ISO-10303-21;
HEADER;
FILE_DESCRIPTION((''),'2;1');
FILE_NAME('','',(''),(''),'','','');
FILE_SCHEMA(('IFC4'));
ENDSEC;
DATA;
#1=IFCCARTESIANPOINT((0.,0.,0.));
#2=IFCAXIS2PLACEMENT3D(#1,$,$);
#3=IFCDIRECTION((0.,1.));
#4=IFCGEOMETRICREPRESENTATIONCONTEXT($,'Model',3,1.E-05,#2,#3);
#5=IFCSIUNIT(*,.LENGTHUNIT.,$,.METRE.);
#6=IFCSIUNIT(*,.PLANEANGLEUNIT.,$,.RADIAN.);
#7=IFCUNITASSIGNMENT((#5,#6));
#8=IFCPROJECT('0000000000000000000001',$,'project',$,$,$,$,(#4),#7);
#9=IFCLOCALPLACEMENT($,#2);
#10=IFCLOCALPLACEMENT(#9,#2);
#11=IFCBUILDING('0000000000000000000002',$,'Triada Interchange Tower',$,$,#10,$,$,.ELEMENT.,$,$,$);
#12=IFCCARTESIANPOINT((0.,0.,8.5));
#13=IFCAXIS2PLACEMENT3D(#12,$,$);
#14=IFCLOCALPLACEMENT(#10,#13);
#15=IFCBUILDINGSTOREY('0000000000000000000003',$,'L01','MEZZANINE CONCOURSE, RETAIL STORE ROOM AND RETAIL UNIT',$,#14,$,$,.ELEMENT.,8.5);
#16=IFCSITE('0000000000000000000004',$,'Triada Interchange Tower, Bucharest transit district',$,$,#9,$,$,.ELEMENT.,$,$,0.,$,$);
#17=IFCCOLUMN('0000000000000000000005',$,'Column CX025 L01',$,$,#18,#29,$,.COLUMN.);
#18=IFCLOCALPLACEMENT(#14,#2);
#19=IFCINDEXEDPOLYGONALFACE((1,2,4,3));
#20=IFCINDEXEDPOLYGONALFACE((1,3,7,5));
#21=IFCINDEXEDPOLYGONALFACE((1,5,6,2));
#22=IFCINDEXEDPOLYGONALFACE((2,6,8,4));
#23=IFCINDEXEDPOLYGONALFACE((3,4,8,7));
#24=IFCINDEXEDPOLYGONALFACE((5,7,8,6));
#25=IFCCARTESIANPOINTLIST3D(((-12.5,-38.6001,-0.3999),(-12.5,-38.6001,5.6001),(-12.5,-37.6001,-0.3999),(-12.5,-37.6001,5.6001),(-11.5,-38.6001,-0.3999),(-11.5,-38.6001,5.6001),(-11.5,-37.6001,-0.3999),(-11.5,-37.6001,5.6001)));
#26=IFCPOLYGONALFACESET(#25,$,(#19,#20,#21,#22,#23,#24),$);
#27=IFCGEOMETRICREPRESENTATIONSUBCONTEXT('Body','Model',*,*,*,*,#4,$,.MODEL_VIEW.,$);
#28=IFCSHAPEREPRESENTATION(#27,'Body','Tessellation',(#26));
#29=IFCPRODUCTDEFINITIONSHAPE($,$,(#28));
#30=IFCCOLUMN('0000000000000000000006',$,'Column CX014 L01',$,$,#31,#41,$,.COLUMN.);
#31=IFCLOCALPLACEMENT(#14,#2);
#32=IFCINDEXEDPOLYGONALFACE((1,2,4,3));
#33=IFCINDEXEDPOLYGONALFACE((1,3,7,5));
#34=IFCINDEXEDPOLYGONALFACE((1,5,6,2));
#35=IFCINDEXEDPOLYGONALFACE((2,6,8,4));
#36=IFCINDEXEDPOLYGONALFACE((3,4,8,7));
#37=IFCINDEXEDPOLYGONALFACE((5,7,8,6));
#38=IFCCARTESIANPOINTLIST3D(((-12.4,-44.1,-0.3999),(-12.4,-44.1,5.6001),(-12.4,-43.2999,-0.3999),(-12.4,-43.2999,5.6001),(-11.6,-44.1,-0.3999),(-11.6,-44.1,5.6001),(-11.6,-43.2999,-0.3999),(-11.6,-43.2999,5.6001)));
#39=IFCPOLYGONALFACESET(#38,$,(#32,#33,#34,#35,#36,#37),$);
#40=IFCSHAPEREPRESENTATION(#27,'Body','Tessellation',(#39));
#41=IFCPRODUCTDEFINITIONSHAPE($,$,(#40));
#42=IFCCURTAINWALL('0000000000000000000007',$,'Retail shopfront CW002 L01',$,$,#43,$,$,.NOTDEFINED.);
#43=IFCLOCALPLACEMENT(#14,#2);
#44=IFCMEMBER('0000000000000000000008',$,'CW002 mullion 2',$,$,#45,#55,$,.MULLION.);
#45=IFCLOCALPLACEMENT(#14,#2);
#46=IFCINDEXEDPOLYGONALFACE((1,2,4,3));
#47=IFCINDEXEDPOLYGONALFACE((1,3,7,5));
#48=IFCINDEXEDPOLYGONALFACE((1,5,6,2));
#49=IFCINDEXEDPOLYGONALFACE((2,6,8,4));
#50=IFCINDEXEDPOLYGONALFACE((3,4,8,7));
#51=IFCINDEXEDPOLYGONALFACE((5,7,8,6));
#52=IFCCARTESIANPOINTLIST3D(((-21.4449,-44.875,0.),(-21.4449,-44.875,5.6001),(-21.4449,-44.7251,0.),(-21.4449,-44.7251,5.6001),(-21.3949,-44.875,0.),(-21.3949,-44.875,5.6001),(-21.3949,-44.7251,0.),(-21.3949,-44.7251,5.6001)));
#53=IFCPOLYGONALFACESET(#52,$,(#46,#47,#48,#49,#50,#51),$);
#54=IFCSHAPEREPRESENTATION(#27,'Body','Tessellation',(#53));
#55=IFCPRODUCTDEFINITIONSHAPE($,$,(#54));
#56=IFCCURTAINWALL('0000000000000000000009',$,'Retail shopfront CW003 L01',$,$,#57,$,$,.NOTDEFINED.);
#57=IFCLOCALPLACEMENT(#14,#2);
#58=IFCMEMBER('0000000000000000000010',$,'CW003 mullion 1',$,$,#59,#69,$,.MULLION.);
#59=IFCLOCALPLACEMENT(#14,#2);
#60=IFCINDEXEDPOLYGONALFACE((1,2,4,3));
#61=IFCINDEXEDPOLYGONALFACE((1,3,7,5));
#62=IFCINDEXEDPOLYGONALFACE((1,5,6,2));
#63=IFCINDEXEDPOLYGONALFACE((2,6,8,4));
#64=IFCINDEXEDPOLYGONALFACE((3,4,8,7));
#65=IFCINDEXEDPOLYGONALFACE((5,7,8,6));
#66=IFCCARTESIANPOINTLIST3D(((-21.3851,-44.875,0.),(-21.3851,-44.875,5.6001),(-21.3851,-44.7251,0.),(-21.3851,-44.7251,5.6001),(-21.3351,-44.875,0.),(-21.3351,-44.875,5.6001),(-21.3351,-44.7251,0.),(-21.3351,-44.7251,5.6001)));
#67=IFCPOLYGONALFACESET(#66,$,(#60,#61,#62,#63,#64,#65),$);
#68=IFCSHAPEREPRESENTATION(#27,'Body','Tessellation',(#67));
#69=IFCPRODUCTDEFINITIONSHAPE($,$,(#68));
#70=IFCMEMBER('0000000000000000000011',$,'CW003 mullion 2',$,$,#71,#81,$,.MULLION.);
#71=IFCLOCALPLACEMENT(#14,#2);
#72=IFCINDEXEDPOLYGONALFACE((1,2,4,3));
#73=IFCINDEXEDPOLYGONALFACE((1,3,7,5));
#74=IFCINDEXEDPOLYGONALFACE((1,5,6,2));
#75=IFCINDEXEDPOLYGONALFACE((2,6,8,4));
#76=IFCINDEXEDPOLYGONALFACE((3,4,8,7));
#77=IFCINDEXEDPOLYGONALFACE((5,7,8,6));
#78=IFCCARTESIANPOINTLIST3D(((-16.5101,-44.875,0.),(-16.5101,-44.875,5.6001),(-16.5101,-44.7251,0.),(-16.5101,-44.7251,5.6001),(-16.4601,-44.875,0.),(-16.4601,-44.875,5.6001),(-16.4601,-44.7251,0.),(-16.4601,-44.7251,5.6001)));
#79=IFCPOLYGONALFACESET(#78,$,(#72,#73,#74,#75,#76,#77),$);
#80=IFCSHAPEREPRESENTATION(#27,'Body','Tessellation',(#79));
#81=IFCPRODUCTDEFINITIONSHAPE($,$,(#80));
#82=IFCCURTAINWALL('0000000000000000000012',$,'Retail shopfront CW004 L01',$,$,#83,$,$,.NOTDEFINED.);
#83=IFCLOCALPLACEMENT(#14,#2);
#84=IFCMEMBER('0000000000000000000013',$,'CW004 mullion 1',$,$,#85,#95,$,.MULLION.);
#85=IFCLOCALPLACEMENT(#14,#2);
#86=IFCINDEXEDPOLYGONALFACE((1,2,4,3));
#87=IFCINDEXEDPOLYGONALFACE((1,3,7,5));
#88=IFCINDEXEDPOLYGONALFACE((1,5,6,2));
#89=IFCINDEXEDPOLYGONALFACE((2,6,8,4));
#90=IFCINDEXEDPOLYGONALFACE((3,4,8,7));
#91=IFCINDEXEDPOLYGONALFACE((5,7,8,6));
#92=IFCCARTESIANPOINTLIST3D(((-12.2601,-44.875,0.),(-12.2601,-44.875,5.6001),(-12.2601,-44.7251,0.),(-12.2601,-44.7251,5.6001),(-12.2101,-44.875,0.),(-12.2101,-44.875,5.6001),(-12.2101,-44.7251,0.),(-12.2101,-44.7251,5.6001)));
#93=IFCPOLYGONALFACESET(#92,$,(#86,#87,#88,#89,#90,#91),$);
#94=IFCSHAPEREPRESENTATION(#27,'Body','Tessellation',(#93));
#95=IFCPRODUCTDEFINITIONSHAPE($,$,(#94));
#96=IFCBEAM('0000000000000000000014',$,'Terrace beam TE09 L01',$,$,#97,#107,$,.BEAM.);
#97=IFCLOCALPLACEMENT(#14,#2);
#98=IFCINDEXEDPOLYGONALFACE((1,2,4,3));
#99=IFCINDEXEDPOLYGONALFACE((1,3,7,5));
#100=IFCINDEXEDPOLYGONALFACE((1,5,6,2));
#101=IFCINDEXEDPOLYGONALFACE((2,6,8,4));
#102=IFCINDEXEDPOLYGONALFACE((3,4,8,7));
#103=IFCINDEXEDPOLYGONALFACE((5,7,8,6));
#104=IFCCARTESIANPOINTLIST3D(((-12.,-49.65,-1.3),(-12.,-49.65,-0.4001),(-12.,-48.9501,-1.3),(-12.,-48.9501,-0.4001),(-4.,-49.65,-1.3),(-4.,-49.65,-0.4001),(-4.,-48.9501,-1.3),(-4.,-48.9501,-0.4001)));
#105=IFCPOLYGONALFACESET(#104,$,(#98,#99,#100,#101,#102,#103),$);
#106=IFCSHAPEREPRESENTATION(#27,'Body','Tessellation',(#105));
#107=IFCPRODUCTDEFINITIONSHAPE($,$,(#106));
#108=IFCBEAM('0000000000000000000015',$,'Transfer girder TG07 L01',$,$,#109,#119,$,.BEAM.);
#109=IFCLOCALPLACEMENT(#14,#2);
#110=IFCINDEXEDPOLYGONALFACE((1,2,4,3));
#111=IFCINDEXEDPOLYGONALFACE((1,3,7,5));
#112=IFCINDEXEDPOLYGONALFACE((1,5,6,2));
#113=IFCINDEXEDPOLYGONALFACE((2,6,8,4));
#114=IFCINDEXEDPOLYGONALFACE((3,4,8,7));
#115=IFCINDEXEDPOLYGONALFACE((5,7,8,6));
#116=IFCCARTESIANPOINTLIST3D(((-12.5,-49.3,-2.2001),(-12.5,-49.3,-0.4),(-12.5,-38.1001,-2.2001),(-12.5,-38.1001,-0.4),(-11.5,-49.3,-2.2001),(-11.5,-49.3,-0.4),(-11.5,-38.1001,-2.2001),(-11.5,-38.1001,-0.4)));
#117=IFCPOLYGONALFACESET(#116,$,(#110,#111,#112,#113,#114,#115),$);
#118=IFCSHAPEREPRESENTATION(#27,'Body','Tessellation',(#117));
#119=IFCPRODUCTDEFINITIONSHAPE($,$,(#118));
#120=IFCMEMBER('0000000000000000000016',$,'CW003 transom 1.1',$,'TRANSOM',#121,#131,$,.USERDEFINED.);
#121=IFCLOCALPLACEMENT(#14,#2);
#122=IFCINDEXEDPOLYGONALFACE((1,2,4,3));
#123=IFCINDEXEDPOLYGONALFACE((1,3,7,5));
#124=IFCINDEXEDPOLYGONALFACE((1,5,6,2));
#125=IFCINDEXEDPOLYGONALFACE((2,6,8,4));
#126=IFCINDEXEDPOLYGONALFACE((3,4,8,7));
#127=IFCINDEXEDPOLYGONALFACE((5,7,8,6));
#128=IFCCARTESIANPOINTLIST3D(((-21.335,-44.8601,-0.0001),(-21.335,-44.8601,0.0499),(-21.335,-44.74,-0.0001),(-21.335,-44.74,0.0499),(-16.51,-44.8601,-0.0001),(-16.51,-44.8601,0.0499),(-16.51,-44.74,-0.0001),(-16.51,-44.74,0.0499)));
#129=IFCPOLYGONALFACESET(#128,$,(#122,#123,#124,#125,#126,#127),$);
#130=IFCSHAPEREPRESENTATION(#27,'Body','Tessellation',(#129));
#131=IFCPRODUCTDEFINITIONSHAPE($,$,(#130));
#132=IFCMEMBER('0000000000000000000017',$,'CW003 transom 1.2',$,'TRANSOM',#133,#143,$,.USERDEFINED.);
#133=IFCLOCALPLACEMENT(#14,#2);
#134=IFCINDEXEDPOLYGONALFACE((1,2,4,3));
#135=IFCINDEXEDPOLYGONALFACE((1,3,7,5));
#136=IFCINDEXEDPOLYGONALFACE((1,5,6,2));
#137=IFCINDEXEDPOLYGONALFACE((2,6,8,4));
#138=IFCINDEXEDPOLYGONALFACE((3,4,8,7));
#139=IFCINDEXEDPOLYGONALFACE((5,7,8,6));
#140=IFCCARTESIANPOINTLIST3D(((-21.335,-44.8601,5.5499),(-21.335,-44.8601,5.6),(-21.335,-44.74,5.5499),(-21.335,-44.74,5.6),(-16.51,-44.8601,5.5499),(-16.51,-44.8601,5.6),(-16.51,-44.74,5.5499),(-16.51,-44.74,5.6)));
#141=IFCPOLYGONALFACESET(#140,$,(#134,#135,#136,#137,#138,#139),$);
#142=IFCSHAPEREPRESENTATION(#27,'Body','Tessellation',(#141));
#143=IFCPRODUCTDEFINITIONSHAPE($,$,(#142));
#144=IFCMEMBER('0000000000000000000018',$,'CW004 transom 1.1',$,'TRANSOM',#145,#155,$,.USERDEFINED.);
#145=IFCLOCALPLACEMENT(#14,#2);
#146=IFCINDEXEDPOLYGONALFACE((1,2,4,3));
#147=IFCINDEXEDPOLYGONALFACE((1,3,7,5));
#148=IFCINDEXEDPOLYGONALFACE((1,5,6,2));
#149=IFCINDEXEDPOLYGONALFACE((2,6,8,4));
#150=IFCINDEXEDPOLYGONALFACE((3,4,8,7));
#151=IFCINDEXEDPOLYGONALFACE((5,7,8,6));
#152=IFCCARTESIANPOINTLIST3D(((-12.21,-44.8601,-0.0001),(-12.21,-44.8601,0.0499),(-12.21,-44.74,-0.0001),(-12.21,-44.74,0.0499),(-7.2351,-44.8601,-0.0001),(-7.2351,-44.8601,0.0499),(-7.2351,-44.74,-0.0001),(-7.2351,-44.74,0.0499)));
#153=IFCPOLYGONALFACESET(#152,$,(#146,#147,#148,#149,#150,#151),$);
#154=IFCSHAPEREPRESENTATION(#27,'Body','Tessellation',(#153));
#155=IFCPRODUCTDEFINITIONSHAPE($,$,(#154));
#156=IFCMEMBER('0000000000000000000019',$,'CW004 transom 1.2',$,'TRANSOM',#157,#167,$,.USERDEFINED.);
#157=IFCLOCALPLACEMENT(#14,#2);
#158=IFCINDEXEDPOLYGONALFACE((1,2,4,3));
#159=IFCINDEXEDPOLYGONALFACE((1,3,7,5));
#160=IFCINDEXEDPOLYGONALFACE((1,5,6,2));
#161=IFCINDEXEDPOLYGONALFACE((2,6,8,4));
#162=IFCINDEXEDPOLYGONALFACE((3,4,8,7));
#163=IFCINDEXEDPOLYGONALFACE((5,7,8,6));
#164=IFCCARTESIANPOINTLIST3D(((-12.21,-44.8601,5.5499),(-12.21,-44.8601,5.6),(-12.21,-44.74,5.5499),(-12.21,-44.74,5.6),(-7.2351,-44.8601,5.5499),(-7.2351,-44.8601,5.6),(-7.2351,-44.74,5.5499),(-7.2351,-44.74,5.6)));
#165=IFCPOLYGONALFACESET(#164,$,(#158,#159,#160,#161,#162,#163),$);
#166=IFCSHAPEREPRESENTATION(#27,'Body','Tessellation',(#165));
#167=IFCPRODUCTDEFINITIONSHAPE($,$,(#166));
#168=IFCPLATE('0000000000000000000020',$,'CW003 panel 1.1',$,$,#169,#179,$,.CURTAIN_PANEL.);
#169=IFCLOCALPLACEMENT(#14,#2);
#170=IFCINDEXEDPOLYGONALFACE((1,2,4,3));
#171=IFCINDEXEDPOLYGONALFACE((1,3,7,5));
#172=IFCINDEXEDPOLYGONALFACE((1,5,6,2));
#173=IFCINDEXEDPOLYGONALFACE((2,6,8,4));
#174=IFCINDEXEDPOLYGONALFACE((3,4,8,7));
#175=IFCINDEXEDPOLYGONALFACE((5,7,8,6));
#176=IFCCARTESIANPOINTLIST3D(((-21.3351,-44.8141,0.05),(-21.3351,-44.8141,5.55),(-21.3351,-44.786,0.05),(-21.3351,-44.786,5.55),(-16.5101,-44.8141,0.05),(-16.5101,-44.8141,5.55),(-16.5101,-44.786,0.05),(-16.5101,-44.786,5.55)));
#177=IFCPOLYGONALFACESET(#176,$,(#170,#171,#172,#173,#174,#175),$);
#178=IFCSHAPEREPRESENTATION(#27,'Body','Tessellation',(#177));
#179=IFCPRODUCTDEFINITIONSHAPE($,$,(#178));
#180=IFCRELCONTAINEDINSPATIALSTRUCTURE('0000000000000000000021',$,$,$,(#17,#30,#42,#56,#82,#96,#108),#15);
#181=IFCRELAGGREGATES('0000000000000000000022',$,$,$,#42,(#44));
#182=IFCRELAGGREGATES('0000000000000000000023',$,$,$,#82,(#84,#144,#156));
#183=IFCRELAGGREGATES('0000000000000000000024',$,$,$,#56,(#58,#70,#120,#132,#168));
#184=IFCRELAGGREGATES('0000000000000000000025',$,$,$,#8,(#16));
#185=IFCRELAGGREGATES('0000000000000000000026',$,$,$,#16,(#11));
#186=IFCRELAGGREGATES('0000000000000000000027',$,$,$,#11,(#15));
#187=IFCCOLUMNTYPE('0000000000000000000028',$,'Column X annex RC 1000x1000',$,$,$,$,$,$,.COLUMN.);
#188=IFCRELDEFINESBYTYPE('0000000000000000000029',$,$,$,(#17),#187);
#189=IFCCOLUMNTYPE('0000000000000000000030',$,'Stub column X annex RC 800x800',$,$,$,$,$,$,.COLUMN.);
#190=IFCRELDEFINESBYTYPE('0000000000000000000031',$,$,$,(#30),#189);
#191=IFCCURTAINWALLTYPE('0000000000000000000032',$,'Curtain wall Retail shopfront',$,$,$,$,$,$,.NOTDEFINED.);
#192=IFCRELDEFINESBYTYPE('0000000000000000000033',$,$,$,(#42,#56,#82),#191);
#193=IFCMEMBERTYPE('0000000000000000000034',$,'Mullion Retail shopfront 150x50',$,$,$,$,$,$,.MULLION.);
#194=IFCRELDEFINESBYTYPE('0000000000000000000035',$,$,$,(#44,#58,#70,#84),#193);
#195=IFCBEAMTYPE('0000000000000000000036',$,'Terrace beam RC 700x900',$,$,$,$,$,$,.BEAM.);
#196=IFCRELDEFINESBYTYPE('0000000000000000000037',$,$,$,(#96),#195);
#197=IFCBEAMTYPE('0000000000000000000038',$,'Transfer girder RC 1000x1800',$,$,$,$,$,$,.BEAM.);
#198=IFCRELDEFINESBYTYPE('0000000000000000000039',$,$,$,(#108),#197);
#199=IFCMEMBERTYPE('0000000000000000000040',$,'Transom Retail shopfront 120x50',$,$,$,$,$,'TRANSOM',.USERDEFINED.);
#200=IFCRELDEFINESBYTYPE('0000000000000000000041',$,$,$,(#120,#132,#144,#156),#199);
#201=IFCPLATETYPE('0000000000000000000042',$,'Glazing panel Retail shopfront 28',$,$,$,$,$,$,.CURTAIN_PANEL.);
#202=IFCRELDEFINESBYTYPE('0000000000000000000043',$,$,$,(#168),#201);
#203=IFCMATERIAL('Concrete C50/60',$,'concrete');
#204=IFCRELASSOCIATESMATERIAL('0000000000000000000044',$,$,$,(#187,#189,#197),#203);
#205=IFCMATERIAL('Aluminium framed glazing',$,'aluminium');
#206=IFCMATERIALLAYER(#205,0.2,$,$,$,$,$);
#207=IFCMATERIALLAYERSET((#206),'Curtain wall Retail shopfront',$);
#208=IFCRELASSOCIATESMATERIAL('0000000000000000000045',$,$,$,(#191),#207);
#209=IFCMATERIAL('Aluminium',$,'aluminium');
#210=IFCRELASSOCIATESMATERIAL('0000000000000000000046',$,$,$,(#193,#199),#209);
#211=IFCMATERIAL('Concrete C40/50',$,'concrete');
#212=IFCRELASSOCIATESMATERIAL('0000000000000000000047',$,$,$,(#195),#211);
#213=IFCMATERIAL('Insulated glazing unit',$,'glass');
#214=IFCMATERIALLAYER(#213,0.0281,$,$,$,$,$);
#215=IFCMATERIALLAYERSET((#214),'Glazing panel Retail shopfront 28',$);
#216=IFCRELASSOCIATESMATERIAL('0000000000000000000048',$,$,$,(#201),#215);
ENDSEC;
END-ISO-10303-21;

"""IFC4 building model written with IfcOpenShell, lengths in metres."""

from ifc_helpers import new_model, si_unit, direction, frame, origin, origin_2d, place, context, subcontext, project, spatial, rectangle, extrude, material, layer, layer_set, material_profile, profile_set, type_object, element, aggregate, save


model = new_model("IFC4")

# Units and contexts
model_context = context("Model", 3, precision=1e-05, world=origin(), true_north=direction((0.0, 1.0)))
body_context = subcontext(model_context, "Body", "Model", "MODEL_VIEW")
ifc_project = project(units=[si_unit("LENGTHUNIT", "METRE"), si_unit("PLANEANGLEUNIT", "RADIAN")], contexts=[model_context])

# Site, building, storey
site_placement = place(None, origin())
site = spatial("IfcSite", under=ifc_project, at=site_placement, Name="Triada Interchange Tower, Bucharest transit district", CompositionType="ELEMENT", RefElevation=0.0)
building_placement = place(site_placement, origin())
building = spatial("IfcBuilding", under=site, at=building_placement, Name="Triada Interchange Tower", CompositionType="ELEMENT")
storey_placement = place(building_placement, frame((0.0, 0.0, 8.5)))
storey = spatial("IfcBuildingStorey", under=building, at=storey_placement, Name="L01", Description="MEZZANINE CONCOURSE, RETAIL STORE ROOM AND RETAIL UNIT", CompositionType="ELEMENT", Elevation=8.5)

# Columns
ifc_material_1 = material(Name="Concrete C50/60", Category="concrete")
ifc_material_profile_1 = material_profile(ifc_material_1, rectangle(XDim=1.0, YDim=1.0, at=origin_2d()), Name="RC 1000x1000")
ifc_profile_set_1 = profile_set([ifc_material_profile_1], Name="Concrete C50/60")
column_type_1 = type_object("IfcColumnType", Name="Column X annex RC 1000x1000", PredefinedType="COLUMN", material=ifc_profile_set_1)
column_1_placement = place(storey_placement, frame((-12.0, -38.1001, -0.3999), z_axis=(0.0, 0.0, 1.0), x_axis=(1.0, 0.0, 0.0)))
element("IfcColumn", 1, at=column_1_placement, inside=storey, type_object=column_type_1, Name="Column CX025 L01", PredefinedType="COLUMN", context=body_context, shape_type="SweptSolid", body=[
    extrude(rectangle(XDim=1.0, YDim=1.0, at=origin_2d()), origin(), (0.0, 0.0, 1.0), 6.0),
])
ifc_material_profile_2 = material_profile(ifc_material_1, rectangle(XDim=0.8, YDim=0.8, at=origin_2d()), Name="RC 800x800")
ifc_profile_set_2 = profile_set([ifc_material_profile_2], Name="Concrete C50/60")
column_type_2 = type_object("IfcColumnType", Name="Stub column X annex RC 800x800", PredefinedType="COLUMN", material=ifc_profile_set_2)
column_2_placement = place(storey_placement, frame((-12.0, -43.7, -0.3999), z_axis=(0.0, 0.0, 1.0), x_axis=(1.0, 0.0, 0.0)))
element("IfcColumn", 2, at=column_2_placement, inside=storey, type_object=column_type_2, Name="Column CX014 L01", PredefinedType="COLUMN", context=body_context, shape_type="SweptSolid", body=[
    extrude(rectangle(XDim=0.8, YDim=0.8, at=origin_2d()), origin(), (0.0, 0.0, 1.0), 6.0),
])

# Curtain wall, member
ifc_material_2 = material(Name="Aluminium framed glazing", Category="aluminium")
ifc_layer_1 = layer(ifc_material_2, 0.2)
ifc_layer_set_1 = layer_set([ifc_layer_1], Name="Curtain wall Retail shopfront")
curtain_wall_type = type_object("IfcCurtainWallType", Name="Curtain wall Retail shopfront", PredefinedType="NOTDEFINED", material=ifc_layer_set_1)
curtain_wall_1_placement = place(storey_placement, origin())
curtain_wall_1 = element("IfcCurtainWall", 3, at=curtain_wall_1_placement, inside=storey, type_object=curtain_wall_type, Name="Retail shopfront CW002 L01", PredefinedType="NOTDEFINED")
ifc_material_3 = material(Name="Aluminium", Category="aluminium")
ifc_material_profile_3 = material_profile(ifc_material_3, rectangle(XDim=0.1499, YDim=0.05, at=origin_2d()), Name="Aluminium mullion")
ifc_profile_set_3 = profile_set([ifc_material_profile_3], Name="Aluminium")
member_type_1 = type_object("IfcMemberType", Name="Mullion Retail shopfront 150x50", PredefinedType="MULLION", material=ifc_profile_set_3)
member_1_placement = place(storey_placement, frame((-21.4199, -44.8, 0.0), z_axis=(0.0, 0.0, 1.0), x_axis=(0.0, 1.0, 0.0)))
member_1 = element("IfcMember", 4, at=member_1_placement, type_object=member_type_1, Name="CW002 mullion 2", PredefinedType="MULLION", context=body_context, shape_type="SweptSolid", body=[
    extrude(rectangle(XDim=0.1499, YDim=0.05, at=origin_2d()), origin(), (0.0, 0.0, 1.0), 5.6001),
])
aggregate(curtain_wall_1, [member_1])

# Curtain wall, members
curtain_wall_2_placement = place(storey_placement, origin())
curtain_wall_2 = element("IfcCurtainWall", 5, at=curtain_wall_2_placement, inside=storey, type_object=curtain_wall_type, Name="Retail shopfront CW003 L01", PredefinedType="NOTDEFINED")
member_2_placement = place(storey_placement, frame((-21.3601, -44.8, 0.0), z_axis=(0.0, 0.0, 1.0), x_axis=(0.0, 1.0, 0.0)))
member_2 = element("IfcMember", 6, at=member_2_placement, type_object=member_type_1, Name="CW003 mullion 1", PredefinedType="MULLION", context=body_context, shape_type="SweptSolid", body=[
    extrude(rectangle(XDim=0.1499, YDim=0.05, at=origin_2d()), origin(), (0.0, 0.0, 1.0), 5.6001),
])
member_3_placement = place(storey_placement, frame((-16.4851, -44.8, 0.0), z_axis=(0.0, 0.0, 1.0), x_axis=(0.0, 1.0, 0.0)))
member_3 = element("IfcMember", 7, at=member_3_placement, type_object=member_type_1, Name="CW003 mullion 2", PredefinedType="MULLION", context=body_context, shape_type="SweptSolid", body=[
    extrude(rectangle(XDim=0.1499, YDim=0.05, at=origin_2d()), origin(), (0.0, 0.0, 1.0), 5.6001),
])

# Curtain wall, member
curtain_wall_3_placement = place(storey_placement, origin())
curtain_wall_3 = element("IfcCurtainWall", 8, at=curtain_wall_3_placement, inside=storey, type_object=curtain_wall_type, Name="Retail shopfront CW004 L01", PredefinedType="NOTDEFINED")
member_4_placement = place(storey_placement, frame((-12.2351, -44.8, 0.0), z_axis=(0.0, 0.0, 1.0), x_axis=(0.0, 1.0, 0.0)))
member_4 = element("IfcMember", 9, at=member_4_placement, type_object=member_type_1, Name="CW004 mullion 1", PredefinedType="MULLION", context=body_context, shape_type="SweptSolid", body=[
    extrude(rectangle(XDim=0.1499, YDim=0.05, at=origin_2d()), origin(), (0.0, 0.0, 1.0), 5.6001),
])

# Beams
ifc_material_4 = material(Name="Concrete C40/50", Category="concrete")
ifc_material_profile_4 = material_profile(ifc_material_4, rectangle(XDim=0.7, YDim=0.8999, at=origin_2d()), Name="RC 700x900")
ifc_profile_set_4 = profile_set([ifc_material_profile_4], Name="Concrete C40/50")
beam_type_1 = type_object("IfcBeamType", Name="Terrace beam RC 700x900", PredefinedType="BEAM", material=ifc_profile_set_4)
beam_1_placement = place(storey_placement, frame((-12.0, -49.3, -0.8501), z_axis=(1.0, 0.0, 0.0), x_axis=(0.0, 1.0, 0.0)))
element("IfcBeam", 10, at=beam_1_placement, inside=storey, type_object=beam_type_1, Name="Terrace beam TE09 L01", PredefinedType="BEAM", context=body_context, shape_type="SweptSolid", body=[
    extrude(rectangle(XDim=0.7, YDim=0.8999, at=origin_2d()), origin(), (0.0, 0.0, 1.0), 8.0),
])
ifc_material_profile_5 = material_profile(ifc_material_1, rectangle(XDim=1.0, YDim=1.8, at=origin_2d()), Name="RC 1000x1800")
ifc_profile_set_5 = profile_set([ifc_material_profile_5], Name="Concrete C50/60")
beam_type_2 = type_object("IfcBeamType", Name="Transfer girder RC 1000x1800", PredefinedType="BEAM", material=ifc_profile_set_5)
beam_2_placement = place(storey_placement, frame((-12.0, -49.3, -1.3), z_axis=(0.0, 1.0, 0.0), x_axis=(-1.0, 0.0, 0.0)))
element("IfcBeam", 11, at=beam_2_placement, inside=storey, type_object=beam_type_2, Name="Transfer girder TG07 L01", PredefinedType="BEAM", context=body_context, shape_type="SweptSolid", body=[
    extrude(rectangle(XDim=1.0, YDim=1.8, at=origin_2d()), origin(), (0.0, 0.0, 1.0), 11.2),
])

# Members
ifc_material_profile_6 = material_profile(ifc_material_3, rectangle(XDim=0.1201, YDim=0.05, at=origin_2d()), Name="Aluminium transom")
ifc_profile_set_6 = profile_set([ifc_material_profile_6], Name="Aluminium")
member_type_2 = type_object("IfcMemberType", Name="Transom Retail shopfront 120x50", ElementType="TRANSOM", PredefinedType="USERDEFINED", material=ifc_profile_set_6)
member_5_placement = place(storey_placement, frame((-21.335, -44.8, 0.0249), z_axis=(1.0, 0.0, 0.0), x_axis=(0.0, 1.0, 0.0)))
member_5 = element("IfcMember", 12, at=member_5_placement, type_object=member_type_2, Name="CW003 transom 1.1", ObjectType="TRANSOM", PredefinedType="USERDEFINED", context=body_context, shape_type="SweptSolid", body=[
    extrude(rectangle(XDim=0.1201, YDim=0.05, at=origin_2d()), origin(), (0.0, 0.0, 1.0), 4.825),
])
member_6_placement = place(storey_placement, frame((-21.335, -44.8, 5.575), z_axis=(1.0, 0.0, 0.0), x_axis=(0.0, 1.0, 0.0)))
member_6 = element("IfcMember", 13, at=member_6_placement, type_object=member_type_2, Name="CW003 transom 1.2", ObjectType="TRANSOM", PredefinedType="USERDEFINED", context=body_context, shape_type="SweptSolid", body=[
    extrude(rectangle(XDim=0.1201, YDim=0.05, at=origin_2d()), origin(), (0.0, 0.0, 1.0), 4.825),
])
member_7_placement = place(storey_placement, frame((-12.21, -44.8, 0.0249), z_axis=(1.0, 0.0, 0.0), x_axis=(0.0, 1.0, 0.0)))
member_7 = element("IfcMember", 14, at=member_7_placement, type_object=member_type_2, Name="CW004 transom 1.1", ObjectType="TRANSOM", PredefinedType="USERDEFINED", context=body_context, shape_type="SweptSolid", body=[
    extrude(rectangle(XDim=0.1201, YDim=0.05, at=origin_2d()), origin(), (0.0, 0.0, 1.0), 4.9749),
])
member_8_placement = place(storey_placement, frame((-12.21, -44.8, 5.575), z_axis=(1.0, 0.0, 0.0), x_axis=(0.0, 1.0, 0.0)))
member_8 = element("IfcMember", 15, at=member_8_placement, type_object=member_type_2, Name="CW004 transom 1.2", ObjectType="TRANSOM", PredefinedType="USERDEFINED", context=body_context, shape_type="SweptSolid", body=[
    extrude(rectangle(XDim=0.1201, YDim=0.05, at=origin_2d()), origin(), (0.0, 0.0, 1.0), 4.9749),
])
aggregate(curtain_wall_3, [member_4, member_7, member_8])

# Plate
ifc_material_5 = material(Name="Insulated glazing unit", Category="glass")
ifc_layer_2 = layer(ifc_material_5, 0.0281)
ifc_layer_set_2 = layer_set([ifc_layer_2], Name="Glazing panel Retail shopfront 28")
plate_type = type_object("IfcPlateType", Name="Glazing panel Retail shopfront 28", PredefinedType="CURTAIN_PANEL", material=ifc_layer_set_2)
plate_placement = place(storey_placement, frame((-18.9226, -44.8, 0.05), z_axis=(0.0, 0.0, 1.0), x_axis=(1.0, 0.0, 0.0)))
plate = element("IfcPlate", 16, at=plate_placement, type_object=plate_type, Name="CW003 panel 1.1", PredefinedType="CURTAIN_PANEL", context=body_context, shape_type="SweptSolid", body=[
    extrude(rectangle(XDim=4.825, YDim=0.0281, at=origin_2d()), origin(), (0.0, 0.0, 1.0), 5.5),
])
aggregate(curtain_wall_2, [member_2, member_3, member_5, member_6, plate])

save(model, "model.ifc")
